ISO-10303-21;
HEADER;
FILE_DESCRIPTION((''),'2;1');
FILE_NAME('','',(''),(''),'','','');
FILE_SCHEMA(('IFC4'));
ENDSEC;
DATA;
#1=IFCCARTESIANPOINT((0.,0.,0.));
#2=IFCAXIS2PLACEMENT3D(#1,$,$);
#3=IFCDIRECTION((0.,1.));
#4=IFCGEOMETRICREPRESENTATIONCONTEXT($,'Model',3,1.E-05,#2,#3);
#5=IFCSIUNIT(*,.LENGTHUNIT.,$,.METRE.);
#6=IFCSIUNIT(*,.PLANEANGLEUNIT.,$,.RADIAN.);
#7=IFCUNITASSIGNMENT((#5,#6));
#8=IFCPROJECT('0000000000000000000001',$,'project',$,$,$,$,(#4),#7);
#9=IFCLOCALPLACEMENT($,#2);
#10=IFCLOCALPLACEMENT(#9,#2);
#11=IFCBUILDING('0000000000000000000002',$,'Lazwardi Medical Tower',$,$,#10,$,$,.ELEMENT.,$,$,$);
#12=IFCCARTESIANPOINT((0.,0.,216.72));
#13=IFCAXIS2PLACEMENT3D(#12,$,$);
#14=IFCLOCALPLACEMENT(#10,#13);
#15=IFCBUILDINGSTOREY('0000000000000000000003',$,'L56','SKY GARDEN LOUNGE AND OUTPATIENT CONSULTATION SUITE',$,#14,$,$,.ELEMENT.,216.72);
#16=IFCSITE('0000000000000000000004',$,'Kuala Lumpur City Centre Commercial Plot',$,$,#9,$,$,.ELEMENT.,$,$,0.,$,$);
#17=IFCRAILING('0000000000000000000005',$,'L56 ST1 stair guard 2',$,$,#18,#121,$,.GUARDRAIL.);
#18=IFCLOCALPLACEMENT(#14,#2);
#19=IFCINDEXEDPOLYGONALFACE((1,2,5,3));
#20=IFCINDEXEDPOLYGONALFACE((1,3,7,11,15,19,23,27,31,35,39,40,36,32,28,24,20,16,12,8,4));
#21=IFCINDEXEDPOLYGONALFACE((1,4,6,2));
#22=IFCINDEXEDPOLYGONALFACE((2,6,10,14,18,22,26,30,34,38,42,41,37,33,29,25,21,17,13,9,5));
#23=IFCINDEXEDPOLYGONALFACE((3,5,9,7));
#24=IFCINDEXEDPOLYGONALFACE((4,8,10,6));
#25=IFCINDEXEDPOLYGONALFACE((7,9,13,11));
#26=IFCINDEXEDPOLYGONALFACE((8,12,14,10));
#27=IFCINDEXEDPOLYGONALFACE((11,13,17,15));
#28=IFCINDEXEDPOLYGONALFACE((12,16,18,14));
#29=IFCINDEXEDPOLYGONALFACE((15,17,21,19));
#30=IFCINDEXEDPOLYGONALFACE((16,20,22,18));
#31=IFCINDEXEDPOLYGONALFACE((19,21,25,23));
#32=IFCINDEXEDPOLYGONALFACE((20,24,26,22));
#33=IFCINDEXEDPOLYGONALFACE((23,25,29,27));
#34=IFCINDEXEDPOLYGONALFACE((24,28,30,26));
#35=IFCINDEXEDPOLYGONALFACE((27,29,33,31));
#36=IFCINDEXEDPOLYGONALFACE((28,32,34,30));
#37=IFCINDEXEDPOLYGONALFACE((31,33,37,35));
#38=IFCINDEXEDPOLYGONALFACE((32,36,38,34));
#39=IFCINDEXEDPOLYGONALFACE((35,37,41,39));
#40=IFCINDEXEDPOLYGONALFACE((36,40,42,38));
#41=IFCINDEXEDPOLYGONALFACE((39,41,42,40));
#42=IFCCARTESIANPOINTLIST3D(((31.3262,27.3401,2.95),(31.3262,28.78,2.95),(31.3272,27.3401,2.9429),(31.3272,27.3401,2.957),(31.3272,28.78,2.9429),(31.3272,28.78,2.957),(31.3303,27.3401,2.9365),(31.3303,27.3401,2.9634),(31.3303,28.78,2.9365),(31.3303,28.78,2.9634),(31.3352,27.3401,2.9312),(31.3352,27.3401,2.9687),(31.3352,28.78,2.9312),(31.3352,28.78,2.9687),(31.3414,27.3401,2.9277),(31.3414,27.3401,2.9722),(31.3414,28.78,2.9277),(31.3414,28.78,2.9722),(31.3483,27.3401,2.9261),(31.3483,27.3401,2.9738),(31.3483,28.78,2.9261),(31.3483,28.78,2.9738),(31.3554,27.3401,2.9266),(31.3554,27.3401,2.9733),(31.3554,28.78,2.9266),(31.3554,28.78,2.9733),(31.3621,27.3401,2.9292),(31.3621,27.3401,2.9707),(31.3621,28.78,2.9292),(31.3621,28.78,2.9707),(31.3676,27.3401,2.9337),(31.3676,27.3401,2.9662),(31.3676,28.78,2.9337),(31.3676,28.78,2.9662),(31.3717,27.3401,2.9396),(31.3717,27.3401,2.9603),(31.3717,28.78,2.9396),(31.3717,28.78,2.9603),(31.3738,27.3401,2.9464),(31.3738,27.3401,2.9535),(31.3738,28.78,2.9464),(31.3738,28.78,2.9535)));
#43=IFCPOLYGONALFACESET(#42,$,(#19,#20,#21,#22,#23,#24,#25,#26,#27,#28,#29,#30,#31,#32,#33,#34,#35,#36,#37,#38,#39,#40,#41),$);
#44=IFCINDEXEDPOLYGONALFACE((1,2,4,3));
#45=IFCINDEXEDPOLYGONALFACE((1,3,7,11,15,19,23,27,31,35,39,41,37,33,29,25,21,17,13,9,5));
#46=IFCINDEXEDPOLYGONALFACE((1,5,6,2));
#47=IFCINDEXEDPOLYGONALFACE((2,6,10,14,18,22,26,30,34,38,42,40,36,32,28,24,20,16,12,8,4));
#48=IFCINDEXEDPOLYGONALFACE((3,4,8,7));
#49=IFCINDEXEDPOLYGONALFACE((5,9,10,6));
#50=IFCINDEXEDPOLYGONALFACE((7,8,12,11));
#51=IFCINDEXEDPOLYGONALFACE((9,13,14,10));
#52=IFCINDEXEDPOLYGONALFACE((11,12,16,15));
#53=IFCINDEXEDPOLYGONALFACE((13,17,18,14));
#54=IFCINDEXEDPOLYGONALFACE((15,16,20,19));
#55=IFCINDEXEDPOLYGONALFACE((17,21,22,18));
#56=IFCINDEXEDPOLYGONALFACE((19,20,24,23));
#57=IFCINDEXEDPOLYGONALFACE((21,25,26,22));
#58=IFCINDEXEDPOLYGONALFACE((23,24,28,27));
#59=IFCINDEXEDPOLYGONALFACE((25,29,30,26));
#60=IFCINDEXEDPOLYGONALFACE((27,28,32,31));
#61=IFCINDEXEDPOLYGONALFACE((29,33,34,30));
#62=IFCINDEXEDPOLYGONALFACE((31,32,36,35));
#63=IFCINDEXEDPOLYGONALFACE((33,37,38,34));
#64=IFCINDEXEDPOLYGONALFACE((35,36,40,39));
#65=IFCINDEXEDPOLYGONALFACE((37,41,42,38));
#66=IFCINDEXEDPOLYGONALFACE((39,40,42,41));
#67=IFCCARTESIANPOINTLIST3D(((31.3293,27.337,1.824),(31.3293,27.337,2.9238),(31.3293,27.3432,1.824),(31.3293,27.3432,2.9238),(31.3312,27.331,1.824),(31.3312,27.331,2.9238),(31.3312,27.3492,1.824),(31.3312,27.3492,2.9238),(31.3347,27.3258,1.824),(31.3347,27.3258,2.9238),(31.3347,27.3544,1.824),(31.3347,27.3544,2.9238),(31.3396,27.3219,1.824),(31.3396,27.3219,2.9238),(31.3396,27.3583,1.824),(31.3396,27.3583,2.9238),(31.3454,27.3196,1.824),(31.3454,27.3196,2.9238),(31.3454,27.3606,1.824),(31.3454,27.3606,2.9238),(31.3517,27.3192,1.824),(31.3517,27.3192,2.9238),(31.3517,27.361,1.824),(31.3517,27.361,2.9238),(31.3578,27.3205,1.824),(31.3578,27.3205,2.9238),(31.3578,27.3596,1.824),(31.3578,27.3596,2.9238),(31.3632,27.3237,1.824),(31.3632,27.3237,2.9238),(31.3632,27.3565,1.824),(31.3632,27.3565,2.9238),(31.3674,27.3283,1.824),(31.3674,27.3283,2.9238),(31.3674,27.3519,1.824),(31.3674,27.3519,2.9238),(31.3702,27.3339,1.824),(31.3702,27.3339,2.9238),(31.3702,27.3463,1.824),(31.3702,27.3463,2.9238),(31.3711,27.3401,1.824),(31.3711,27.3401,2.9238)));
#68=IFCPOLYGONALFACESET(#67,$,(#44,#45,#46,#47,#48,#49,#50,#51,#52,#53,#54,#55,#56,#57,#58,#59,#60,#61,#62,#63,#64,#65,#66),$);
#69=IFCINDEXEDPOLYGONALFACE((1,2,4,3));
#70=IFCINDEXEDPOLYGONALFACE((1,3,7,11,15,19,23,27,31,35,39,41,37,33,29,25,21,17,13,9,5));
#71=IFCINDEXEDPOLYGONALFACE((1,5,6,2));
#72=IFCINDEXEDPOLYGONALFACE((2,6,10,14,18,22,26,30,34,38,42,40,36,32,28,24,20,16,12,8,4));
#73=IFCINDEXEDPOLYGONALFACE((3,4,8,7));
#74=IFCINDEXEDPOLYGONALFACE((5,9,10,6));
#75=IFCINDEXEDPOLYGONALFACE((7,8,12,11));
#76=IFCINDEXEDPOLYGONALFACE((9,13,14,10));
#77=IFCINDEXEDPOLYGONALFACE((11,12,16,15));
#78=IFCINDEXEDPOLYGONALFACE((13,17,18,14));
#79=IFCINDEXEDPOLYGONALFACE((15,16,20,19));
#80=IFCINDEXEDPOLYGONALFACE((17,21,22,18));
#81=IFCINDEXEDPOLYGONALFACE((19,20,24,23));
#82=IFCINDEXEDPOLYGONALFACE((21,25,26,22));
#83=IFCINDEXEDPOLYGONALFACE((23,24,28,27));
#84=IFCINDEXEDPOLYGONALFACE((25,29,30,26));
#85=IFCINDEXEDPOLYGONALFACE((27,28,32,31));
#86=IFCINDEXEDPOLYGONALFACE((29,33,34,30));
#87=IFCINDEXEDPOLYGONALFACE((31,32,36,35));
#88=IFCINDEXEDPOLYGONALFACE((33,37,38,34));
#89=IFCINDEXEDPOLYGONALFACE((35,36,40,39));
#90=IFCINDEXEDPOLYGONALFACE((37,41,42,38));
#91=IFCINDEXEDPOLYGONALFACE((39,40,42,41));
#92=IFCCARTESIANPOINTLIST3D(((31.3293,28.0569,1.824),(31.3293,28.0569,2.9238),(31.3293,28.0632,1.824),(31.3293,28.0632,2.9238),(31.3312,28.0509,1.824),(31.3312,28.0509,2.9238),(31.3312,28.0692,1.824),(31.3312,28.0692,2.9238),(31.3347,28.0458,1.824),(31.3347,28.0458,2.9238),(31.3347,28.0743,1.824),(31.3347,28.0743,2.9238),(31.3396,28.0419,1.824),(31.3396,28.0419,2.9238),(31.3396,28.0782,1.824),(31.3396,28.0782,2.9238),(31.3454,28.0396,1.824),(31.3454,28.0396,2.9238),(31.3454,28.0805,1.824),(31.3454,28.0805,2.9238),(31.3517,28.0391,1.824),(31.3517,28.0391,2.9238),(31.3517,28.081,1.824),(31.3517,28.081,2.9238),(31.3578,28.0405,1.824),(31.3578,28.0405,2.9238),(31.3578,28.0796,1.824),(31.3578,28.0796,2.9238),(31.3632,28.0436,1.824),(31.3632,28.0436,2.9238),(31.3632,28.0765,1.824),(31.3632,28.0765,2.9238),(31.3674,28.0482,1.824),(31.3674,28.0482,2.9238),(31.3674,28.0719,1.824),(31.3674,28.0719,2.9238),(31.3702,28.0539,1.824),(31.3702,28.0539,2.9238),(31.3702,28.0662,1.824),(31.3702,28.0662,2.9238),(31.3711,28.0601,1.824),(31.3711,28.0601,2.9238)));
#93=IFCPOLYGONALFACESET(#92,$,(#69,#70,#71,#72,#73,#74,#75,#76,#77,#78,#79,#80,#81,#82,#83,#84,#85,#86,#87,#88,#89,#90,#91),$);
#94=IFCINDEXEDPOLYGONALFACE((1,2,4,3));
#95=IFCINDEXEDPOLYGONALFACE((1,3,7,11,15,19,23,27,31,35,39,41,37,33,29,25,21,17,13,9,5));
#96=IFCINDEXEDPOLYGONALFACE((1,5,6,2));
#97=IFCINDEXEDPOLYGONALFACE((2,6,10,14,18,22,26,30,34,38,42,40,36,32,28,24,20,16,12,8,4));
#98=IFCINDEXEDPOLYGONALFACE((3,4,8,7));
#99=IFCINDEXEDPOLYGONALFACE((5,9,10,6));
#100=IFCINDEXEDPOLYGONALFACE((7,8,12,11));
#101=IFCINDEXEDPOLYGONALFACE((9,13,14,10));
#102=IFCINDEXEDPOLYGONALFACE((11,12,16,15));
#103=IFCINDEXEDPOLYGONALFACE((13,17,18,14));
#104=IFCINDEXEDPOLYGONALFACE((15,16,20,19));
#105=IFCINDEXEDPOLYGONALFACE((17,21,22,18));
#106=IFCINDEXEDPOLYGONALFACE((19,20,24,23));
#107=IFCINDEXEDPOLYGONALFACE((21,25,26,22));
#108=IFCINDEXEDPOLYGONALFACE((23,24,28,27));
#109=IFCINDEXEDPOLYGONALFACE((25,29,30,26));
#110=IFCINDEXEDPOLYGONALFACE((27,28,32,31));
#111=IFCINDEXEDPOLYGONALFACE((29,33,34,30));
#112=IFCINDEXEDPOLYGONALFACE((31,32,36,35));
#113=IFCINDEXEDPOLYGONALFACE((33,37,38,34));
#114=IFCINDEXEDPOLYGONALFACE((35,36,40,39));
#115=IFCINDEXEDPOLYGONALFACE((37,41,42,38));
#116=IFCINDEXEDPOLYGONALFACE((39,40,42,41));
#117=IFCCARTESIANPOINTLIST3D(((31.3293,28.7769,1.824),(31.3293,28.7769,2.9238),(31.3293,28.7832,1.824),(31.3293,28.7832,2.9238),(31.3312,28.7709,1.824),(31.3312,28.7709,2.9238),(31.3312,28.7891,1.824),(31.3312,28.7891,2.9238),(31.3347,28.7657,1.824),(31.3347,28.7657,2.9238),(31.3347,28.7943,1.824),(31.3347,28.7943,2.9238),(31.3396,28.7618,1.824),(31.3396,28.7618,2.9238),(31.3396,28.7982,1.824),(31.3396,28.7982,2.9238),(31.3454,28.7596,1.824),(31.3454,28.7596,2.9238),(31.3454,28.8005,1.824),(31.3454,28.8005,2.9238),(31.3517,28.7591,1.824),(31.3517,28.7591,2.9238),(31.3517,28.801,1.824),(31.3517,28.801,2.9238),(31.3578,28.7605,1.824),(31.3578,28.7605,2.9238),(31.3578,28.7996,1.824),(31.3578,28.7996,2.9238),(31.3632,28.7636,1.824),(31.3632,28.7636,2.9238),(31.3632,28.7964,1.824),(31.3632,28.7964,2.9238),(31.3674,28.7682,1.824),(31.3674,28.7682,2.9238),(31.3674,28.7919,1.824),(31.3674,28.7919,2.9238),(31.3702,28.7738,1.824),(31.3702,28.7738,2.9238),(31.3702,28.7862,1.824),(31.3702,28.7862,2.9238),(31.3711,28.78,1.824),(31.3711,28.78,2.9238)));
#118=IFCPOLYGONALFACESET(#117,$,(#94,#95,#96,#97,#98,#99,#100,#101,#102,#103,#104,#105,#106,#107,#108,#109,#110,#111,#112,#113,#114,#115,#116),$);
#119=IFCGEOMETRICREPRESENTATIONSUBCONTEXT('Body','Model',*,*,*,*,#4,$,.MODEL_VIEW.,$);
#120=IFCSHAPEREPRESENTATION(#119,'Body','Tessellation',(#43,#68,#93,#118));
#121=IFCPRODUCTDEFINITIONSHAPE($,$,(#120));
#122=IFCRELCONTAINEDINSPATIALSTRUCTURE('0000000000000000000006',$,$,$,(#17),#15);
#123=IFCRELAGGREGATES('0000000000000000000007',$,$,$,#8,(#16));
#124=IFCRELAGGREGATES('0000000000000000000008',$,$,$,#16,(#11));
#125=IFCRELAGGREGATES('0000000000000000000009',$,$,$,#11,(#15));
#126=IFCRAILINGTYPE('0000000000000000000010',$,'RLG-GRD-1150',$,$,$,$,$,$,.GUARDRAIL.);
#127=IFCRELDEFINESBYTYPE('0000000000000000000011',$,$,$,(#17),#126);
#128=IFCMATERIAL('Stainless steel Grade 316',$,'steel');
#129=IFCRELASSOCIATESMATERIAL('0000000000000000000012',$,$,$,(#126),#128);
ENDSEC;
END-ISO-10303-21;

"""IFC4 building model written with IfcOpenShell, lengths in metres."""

from ifc_helpers import new_model, si_unit, direction, frame, origin, origin_2d, place, context, subcontext, project, spatial, circle, extrude, material, type_object, element, save


model = new_model("IFC4")

# Units and contexts
model_context = context("Model", 3, precision=1e-05, world=origin(), true_north=direction((0.0, 1.0)))
body_context = subcontext(model_context, "Body", "Model", "MODEL_VIEW")
ifc_project = project(units=[si_unit("LENGTHUNIT", "METRE"), si_unit("PLANEANGLEUNIT", "RADIAN")], contexts=[model_context])

# Site, building, storey
site_placement = place(None, origin())
site = spatial("IfcSite", under=ifc_project, at=site_placement, Name="Kuala Lumpur City Centre Commercial Plot", CompositionType="ELEMENT", RefElevation=0.0)
building_placement = place(site_placement, origin())
building = spatial("IfcBuilding", under=site, at=building_placement, Name="Lazwardi Medical Tower", CompositionType="ELEMENT")
storey_placement = place(building_placement, frame((0.0, 0.0, 216.72)))
storey = spatial("IfcBuildingStorey", under=building, at=storey_placement, Name="L56", Description="SKY GARDEN LOUNGE AND OUTPATIENT CONSULTATION SUITE", CompositionType="ELEMENT", Elevation=216.72)

# Railing
ifc_material_1 = material(Name="Stainless steel Grade 316", Category="steel")
railing_type_1 = type_object("IfcRailingType", Name="RLG-GRD-1150", PredefinedType="GUARDRAIL", material=ifc_material_1)
railing_1_placement = place(storey_placement, frame((31.3501, 27.3401, 1.824)))
element("IfcRailing", 1, at=railing_1_placement, inside=storey, type_object=railing_type_1, Name="L56 ST1 stair guard 2", PredefinedType="GUARDRAIL", context=body_context, shape_type="SweptSolid", body=[
    extrude(circle(Radius=0.0239, at=origin_2d()), frame((0.0, 0.0, 1.126), z_axis=(0.0, 1.0, 0.0), x_axis=(-1.0, 0.0, 0.0)), (0.0, 0.0, 1.0), 1.4399),
    extrude(circle(Radius=0.021, at=origin_2d()), origin(), (0.0, 0.0, 1.0), 1.0999),
    extrude(circle(Radius=0.021, at=origin_2d()), frame((0.0, 0.72, 0.0)), (0.0, 0.0, 1.0), 1.0999),
    extrude(circle(Radius=0.021, at=origin_2d()), frame((0.0, 1.4399, 0.0)), (0.0, 0.0, 1.0), 1.0999),
])

save(model, "model.ifc")
